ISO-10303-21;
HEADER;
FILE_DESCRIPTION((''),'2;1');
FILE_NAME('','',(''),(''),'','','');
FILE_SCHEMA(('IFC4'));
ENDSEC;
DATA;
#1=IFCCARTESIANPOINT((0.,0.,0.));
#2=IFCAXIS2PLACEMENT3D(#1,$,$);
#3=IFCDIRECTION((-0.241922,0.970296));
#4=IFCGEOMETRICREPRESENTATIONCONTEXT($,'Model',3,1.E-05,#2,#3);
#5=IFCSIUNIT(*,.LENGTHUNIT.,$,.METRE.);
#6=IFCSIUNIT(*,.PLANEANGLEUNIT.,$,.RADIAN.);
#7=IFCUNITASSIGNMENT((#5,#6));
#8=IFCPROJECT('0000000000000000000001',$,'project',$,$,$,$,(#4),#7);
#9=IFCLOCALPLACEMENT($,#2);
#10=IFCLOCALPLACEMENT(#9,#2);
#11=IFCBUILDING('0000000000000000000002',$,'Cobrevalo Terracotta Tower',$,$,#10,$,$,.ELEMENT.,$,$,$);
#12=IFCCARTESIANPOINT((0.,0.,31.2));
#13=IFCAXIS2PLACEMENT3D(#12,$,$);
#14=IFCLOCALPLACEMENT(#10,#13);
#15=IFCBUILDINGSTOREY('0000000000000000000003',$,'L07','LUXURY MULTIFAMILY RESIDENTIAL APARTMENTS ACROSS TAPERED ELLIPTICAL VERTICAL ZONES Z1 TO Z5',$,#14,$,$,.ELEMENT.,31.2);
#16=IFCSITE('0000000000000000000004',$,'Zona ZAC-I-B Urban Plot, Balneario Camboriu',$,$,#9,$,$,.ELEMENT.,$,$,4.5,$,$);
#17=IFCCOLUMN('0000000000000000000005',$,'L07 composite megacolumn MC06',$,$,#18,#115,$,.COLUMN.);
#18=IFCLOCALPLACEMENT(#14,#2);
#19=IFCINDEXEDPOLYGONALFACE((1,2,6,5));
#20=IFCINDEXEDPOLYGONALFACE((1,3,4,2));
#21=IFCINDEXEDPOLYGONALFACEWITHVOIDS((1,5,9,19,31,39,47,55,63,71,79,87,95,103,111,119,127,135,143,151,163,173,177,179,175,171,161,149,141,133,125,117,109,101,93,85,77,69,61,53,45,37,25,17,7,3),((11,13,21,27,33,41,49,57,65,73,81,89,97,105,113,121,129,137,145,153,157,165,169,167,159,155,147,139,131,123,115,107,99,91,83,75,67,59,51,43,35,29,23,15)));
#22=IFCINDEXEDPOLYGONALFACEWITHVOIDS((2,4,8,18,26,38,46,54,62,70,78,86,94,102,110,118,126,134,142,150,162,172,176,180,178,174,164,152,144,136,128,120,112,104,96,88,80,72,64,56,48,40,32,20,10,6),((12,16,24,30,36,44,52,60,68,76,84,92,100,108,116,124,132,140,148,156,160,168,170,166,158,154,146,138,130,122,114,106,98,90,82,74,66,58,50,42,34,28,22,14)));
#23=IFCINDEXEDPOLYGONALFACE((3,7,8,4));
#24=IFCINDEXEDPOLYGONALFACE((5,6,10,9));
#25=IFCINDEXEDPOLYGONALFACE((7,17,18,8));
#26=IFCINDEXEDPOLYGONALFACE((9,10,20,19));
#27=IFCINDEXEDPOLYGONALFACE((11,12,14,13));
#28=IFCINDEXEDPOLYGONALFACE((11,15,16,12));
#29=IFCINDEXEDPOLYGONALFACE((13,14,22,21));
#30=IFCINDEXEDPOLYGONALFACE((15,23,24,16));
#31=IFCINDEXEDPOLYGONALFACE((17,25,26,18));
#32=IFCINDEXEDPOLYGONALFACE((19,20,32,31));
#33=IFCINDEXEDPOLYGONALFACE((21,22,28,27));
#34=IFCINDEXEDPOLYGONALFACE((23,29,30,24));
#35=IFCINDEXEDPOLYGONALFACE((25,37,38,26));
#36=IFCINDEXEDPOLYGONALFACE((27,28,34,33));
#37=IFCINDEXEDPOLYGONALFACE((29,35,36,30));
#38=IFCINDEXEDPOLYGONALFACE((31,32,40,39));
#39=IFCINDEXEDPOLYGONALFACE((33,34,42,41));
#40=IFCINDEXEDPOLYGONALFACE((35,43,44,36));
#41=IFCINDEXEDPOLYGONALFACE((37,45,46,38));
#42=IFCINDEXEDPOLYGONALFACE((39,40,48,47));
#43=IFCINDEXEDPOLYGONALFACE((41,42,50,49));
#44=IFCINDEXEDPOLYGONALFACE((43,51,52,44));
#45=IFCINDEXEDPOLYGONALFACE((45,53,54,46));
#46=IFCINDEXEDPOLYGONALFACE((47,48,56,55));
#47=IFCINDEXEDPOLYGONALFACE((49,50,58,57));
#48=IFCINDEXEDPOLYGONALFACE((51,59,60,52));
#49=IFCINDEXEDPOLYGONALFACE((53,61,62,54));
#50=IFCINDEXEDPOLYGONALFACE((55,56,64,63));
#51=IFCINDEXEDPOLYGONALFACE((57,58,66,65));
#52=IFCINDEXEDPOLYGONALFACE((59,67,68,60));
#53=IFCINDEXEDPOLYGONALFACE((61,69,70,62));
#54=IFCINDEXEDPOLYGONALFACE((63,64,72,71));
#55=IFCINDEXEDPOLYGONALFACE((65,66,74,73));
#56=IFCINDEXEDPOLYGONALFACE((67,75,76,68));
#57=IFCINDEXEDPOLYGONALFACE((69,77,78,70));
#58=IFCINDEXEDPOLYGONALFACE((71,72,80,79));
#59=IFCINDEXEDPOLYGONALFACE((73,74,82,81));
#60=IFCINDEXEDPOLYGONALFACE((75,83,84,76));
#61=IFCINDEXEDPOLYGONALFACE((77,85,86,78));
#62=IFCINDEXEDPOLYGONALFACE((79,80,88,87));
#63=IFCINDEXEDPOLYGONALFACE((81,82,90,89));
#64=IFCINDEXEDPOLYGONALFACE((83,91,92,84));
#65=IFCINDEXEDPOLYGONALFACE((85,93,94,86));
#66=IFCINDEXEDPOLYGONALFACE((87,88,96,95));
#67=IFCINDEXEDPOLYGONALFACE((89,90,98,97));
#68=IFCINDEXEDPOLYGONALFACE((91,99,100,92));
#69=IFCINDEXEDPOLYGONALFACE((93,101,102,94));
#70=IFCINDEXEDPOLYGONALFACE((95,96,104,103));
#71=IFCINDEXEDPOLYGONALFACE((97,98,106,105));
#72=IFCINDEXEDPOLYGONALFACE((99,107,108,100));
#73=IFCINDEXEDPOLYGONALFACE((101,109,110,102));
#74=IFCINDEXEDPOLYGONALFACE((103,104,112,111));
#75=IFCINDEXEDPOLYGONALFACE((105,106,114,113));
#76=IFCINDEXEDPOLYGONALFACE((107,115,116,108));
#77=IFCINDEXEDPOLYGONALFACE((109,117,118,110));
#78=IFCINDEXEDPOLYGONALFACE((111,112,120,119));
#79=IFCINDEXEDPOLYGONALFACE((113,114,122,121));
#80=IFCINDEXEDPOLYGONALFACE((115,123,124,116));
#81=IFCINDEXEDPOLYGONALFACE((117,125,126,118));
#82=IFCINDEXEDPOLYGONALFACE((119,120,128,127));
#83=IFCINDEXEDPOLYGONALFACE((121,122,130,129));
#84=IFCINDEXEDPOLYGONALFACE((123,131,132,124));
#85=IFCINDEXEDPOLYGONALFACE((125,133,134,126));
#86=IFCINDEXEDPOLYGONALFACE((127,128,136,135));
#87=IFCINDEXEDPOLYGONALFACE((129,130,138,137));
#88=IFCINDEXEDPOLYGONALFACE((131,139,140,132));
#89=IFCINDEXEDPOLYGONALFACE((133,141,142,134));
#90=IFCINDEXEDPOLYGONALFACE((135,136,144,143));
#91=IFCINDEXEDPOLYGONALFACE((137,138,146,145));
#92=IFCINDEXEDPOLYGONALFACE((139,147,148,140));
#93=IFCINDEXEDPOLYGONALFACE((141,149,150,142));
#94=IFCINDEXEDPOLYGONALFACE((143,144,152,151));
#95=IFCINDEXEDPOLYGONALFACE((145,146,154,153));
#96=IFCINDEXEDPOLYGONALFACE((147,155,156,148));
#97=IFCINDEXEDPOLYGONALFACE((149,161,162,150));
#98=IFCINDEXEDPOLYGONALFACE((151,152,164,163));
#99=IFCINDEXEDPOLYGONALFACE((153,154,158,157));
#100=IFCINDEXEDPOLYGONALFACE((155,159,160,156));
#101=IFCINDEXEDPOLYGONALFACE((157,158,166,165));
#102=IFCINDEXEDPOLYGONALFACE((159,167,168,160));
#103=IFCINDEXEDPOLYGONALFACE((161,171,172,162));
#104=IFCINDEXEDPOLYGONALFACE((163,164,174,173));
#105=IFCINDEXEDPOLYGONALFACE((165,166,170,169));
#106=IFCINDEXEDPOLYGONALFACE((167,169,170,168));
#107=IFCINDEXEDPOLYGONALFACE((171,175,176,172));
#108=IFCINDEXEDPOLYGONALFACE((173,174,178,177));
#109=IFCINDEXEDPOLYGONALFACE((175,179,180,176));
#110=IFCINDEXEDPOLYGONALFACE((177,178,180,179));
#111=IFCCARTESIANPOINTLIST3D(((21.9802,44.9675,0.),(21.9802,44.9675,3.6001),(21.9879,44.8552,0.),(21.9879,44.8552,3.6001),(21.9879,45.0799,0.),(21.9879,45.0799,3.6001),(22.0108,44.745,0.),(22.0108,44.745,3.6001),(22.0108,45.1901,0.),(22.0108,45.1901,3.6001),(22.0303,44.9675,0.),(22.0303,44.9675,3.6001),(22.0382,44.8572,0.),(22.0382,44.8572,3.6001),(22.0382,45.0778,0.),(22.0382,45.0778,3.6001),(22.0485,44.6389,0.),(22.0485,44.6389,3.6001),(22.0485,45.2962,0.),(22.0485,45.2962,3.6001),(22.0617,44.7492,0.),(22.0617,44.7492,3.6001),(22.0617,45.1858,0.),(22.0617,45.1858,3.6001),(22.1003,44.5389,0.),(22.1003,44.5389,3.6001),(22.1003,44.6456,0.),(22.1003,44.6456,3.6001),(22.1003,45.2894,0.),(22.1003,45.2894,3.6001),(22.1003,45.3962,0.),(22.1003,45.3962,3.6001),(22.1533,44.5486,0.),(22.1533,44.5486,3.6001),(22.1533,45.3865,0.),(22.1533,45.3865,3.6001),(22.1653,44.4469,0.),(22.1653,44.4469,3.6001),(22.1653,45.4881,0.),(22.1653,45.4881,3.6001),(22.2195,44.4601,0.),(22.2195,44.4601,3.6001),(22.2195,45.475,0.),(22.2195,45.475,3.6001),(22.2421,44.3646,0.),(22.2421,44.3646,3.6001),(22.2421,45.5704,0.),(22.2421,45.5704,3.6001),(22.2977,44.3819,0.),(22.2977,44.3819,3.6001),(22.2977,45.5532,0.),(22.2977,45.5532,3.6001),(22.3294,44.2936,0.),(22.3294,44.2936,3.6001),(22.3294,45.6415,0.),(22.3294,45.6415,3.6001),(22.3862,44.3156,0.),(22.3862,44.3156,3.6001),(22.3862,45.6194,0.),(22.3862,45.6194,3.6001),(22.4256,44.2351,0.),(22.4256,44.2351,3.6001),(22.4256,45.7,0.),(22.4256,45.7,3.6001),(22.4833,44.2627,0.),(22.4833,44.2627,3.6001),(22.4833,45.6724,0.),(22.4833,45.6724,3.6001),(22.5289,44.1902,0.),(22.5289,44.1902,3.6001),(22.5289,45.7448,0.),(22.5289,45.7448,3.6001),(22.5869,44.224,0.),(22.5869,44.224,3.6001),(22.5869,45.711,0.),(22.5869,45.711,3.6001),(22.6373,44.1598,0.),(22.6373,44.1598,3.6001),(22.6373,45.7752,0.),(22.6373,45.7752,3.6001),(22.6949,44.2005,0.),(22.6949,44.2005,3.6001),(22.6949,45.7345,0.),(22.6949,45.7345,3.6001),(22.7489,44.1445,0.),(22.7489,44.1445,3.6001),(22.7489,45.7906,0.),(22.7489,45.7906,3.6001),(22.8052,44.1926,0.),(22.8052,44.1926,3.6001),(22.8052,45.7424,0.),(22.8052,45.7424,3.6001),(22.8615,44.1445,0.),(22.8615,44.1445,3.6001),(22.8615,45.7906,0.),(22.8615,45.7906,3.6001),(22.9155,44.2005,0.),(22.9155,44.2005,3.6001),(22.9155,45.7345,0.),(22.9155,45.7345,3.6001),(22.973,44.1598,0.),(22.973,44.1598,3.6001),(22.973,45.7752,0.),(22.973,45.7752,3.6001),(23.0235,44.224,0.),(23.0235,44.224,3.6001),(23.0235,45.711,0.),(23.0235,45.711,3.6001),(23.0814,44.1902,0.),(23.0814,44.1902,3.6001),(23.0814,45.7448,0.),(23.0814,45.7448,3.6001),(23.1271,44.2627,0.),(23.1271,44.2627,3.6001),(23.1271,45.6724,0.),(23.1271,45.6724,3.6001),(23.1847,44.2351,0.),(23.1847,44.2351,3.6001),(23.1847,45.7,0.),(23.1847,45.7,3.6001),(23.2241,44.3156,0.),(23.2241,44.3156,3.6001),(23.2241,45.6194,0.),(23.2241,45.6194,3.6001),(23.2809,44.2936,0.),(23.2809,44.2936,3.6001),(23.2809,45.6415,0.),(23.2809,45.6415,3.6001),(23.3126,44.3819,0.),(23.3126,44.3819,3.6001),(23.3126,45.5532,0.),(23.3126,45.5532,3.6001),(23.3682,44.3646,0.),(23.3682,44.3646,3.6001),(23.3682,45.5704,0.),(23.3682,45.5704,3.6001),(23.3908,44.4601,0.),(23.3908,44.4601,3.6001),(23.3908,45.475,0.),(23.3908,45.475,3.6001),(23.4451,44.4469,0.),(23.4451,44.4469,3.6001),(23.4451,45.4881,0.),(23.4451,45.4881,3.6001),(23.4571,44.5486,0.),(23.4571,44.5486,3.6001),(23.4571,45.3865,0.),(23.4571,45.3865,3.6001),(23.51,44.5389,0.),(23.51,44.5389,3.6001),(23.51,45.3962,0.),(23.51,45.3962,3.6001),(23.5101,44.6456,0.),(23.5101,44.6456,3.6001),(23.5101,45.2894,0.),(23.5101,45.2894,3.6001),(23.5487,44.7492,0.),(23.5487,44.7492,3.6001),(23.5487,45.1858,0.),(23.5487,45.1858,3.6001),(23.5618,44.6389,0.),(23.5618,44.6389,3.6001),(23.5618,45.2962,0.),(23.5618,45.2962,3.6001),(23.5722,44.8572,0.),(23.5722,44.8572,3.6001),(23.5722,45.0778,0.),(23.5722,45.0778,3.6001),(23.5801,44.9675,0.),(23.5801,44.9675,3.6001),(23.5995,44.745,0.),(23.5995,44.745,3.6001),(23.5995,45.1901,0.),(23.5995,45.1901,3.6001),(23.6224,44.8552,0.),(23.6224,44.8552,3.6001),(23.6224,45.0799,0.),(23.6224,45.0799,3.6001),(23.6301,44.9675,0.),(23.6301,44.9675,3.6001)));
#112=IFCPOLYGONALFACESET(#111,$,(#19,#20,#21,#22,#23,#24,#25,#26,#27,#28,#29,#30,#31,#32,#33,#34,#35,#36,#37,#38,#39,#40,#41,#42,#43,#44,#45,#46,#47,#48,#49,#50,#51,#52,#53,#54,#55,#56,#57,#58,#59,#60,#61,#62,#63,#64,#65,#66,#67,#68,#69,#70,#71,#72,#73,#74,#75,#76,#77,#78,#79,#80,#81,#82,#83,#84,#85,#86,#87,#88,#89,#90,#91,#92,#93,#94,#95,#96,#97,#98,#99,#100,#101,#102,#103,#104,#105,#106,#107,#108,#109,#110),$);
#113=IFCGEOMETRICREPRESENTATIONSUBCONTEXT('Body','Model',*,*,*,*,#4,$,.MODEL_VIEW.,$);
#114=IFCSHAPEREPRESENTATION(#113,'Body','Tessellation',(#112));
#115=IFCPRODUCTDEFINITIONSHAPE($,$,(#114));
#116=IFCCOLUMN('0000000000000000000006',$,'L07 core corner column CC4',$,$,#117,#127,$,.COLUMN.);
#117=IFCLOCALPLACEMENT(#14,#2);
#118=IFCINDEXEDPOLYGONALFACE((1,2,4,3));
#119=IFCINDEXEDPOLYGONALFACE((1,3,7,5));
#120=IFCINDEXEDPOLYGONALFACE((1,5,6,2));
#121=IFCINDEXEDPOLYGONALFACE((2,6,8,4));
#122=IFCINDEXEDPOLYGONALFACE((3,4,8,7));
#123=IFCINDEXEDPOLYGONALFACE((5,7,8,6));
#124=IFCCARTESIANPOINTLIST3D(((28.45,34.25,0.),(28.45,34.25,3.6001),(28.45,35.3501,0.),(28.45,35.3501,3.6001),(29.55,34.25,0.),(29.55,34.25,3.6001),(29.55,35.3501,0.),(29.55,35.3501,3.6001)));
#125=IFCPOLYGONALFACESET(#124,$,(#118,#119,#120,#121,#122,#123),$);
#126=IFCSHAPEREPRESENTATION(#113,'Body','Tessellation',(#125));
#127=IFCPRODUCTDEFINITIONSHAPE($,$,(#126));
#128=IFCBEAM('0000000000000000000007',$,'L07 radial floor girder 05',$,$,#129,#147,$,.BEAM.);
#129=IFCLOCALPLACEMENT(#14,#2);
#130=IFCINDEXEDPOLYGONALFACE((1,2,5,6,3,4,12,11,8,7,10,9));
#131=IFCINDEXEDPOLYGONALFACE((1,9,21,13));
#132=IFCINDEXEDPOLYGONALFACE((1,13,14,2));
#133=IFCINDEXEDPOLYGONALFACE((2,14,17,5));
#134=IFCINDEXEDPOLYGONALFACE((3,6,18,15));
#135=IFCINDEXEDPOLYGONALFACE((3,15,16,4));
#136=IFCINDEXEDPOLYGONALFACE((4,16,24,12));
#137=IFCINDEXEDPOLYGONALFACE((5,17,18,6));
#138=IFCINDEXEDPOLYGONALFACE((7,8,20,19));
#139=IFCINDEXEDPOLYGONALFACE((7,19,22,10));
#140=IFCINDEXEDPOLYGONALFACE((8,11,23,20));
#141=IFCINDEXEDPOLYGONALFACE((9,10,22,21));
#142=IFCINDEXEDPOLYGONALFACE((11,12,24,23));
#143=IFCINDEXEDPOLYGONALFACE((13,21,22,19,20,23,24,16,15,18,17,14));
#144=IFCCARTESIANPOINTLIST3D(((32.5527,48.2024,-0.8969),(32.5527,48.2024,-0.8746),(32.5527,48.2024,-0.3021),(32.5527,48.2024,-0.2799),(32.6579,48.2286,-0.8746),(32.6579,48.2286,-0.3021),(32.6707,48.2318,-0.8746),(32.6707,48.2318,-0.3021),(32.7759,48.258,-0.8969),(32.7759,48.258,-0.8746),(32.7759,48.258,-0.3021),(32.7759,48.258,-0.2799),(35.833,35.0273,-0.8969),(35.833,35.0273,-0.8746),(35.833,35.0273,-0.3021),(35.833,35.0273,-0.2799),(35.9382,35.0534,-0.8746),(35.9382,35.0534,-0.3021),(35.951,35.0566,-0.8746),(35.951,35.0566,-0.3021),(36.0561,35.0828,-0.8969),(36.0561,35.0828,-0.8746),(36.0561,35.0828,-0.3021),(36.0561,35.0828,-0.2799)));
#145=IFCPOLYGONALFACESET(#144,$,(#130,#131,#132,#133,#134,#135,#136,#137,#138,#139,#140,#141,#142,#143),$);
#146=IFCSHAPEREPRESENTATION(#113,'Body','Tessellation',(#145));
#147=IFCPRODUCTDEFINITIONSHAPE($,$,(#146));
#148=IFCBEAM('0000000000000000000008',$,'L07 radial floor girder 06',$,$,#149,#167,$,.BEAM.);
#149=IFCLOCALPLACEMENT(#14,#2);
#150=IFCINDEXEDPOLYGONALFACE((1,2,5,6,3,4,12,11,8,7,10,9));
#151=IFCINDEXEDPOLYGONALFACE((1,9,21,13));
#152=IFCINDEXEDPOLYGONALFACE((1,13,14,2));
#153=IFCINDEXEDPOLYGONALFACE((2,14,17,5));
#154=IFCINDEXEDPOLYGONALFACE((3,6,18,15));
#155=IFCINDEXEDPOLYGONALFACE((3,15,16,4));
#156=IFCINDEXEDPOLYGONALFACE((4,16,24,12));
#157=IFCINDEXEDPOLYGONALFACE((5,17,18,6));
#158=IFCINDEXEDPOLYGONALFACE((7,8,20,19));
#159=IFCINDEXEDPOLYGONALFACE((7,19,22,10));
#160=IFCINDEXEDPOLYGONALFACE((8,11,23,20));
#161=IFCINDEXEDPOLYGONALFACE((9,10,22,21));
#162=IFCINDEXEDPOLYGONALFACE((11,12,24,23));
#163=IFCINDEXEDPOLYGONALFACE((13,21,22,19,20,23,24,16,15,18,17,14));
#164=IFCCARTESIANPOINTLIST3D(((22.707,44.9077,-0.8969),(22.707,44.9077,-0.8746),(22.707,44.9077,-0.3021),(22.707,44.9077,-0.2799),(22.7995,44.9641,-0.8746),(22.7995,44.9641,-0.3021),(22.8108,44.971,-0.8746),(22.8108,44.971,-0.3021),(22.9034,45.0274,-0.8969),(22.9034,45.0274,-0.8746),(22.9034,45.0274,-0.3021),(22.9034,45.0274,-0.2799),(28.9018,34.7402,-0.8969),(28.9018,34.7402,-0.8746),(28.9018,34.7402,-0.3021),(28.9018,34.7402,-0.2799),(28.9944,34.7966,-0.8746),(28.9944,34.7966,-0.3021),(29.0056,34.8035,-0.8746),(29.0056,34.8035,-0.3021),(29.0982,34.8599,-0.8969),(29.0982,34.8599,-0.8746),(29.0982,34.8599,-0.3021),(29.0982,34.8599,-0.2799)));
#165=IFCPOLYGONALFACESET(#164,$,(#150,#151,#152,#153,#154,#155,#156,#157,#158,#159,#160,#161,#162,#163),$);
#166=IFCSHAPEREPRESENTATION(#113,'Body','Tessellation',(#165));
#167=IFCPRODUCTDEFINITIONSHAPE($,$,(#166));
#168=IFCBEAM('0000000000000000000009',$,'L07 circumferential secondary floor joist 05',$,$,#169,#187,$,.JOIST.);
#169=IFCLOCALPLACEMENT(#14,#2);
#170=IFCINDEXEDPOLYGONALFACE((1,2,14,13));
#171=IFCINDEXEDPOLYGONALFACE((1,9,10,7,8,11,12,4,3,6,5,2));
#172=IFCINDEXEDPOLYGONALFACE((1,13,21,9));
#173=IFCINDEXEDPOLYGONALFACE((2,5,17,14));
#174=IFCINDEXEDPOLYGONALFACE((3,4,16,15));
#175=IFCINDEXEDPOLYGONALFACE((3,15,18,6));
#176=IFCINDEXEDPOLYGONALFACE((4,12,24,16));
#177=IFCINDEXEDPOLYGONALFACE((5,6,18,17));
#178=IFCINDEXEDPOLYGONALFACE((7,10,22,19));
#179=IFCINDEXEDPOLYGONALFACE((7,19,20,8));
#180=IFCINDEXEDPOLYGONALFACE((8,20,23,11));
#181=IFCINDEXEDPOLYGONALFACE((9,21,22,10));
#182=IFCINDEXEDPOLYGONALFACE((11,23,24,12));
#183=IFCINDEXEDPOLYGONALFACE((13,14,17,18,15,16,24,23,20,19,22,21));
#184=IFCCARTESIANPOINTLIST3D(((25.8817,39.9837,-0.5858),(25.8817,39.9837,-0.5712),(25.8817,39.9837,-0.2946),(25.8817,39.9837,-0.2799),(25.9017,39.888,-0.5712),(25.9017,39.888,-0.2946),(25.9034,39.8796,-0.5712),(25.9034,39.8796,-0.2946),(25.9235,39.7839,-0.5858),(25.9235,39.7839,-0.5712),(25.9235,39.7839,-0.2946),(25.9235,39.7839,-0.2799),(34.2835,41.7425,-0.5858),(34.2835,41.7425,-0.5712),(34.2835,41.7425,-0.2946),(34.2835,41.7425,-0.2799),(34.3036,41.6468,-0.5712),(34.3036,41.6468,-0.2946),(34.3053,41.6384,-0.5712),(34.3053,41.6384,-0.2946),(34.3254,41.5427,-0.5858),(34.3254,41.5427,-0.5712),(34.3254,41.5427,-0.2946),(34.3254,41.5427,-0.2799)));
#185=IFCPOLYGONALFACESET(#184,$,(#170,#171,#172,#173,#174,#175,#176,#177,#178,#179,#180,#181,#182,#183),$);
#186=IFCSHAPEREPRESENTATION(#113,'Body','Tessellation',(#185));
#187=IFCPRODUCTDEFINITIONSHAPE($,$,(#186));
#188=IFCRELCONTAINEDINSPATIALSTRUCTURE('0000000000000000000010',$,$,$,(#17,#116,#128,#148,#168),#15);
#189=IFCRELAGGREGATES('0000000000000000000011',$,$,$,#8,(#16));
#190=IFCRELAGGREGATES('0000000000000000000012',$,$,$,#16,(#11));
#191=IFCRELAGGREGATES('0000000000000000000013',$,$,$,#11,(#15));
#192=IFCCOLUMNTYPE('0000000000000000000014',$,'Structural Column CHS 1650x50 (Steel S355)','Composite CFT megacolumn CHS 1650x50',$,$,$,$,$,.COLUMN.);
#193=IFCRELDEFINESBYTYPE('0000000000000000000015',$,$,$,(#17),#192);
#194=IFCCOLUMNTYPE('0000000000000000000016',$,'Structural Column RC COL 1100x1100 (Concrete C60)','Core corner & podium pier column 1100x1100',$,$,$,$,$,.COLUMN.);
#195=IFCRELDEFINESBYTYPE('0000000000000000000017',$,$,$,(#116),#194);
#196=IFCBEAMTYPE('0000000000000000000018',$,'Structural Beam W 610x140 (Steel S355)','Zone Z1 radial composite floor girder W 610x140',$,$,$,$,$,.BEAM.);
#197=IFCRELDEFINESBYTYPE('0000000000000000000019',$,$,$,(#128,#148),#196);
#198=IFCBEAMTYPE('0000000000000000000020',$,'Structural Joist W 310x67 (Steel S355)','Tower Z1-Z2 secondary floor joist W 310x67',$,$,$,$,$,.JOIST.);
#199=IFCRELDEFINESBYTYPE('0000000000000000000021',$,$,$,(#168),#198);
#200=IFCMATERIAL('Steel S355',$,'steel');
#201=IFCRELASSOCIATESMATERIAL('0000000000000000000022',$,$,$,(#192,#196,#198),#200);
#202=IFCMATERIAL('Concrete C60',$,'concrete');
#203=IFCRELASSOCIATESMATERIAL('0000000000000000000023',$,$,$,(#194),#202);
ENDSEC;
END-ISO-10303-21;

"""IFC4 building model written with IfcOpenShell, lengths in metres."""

from ifc_helpers import new_model, si_unit, direction, frame, origin, origin_2d, place, context, subcontext, project, spatial, rectangle, hollow_circle, i_section, extrude, material, material_profile, profile_set, type_object, element, save


model = new_model("IFC4")

# Units and contexts
model_context = context("Model", 3, precision=1e-05, world=origin(), true_north=direction((-0.241922, 0.970296)))
body_context = subcontext(model_context, "Body", "Model", "MODEL_VIEW")
ifc_project = project(units=[si_unit("LENGTHUNIT", "METRE"), si_unit("PLANEANGLEUNIT", "RADIAN")], contexts=[model_context])

# Site, building, storey
site_placement = place(None, origin())
site = spatial("IfcSite", under=ifc_project, at=site_placement, Name="Zona ZAC-I-B Urban Plot, Balneario Camboriu", CompositionType="ELEMENT", RefElevation=4.5)
building_placement = place(site_placement, origin())
building = spatial("IfcBuilding", under=site, at=building_placement, Name="Cobrevalo Terracotta Tower", CompositionType="ELEMENT")
storey_placement = place(building_placement, frame((0.0, 0.0, 31.2)))
storey = spatial("IfcBuildingStorey", under=building, at=storey_placement, Name="L07", Description="LUXURY MULTIFAMILY RESIDENTIAL APARTMENTS ACROSS TAPERED ELLIPTICAL VERTICAL ZONES Z1 TO Z5", CompositionType="ELEMENT", Elevation=31.2)

# Columns
ifc_material_1 = material(Name="Steel S355", Category="steel")
ifc_material_profile_1 = material_profile(ifc_material_1, hollow_circle(Radius=0.825, WallThickness=0.05, at=origin_2d()), Name="CHS 1650x50")
ifc_profile_set_1 = profile_set([ifc_material_profile_1], Name="Steel S355")
column_type_1 = type_object("IfcColumnType", Name="Structural Column CHS 1650x50 (Steel S355)", Description="Composite CFT megacolumn CHS 1650x50", PredefinedType="COLUMN", material=ifc_profile_set_1)
for number, where, z_axis, x_axis, name in (
    (1, (22.8052, 44.9675, 0.0), (0.0, 0.0, 1.0), (1.0, 0.0, 0.0), "L07 composite megacolumn MC06"),
):
    element("IfcColumn", number, at=place(storey_placement, frame(where, z_axis=z_axis, x_axis=x_axis)), inside=storey, type_object=column_type_1, Name=name, PredefinedType="COLUMN", context=body_context, shape_type="SweptSolid", body=[
        extrude(hollow_circle(Radius=0.825, WallThickness=0.05, at=origin_2d()), origin(), (0.0, 0.0, 1.0), 3.6001),
    ])
ifc_material_2 = material(Name="Concrete C60", Category="concrete")
ifc_material_profile_2 = material_profile(ifc_material_2, rectangle(XDim=1.1001, YDim=1.1001, at=origin_2d()), Name="RC COL 1100x1100")
ifc_profile_set_2 = profile_set([ifc_material_profile_2], Name="Concrete C60")
column_type_2 = type_object("IfcColumnType", Name="Structural Column RC COL 1100x1100 (Concrete C60)", Description="Core corner & podium pier column 1100x1100", PredefinedType="COLUMN", material=ifc_profile_set_2)
column_placement = place(storey_placement, frame((29.0, 34.8, 0.0), z_axis=(0.0, 0.0, 1.0), x_axis=(1.0, 0.0, 0.0)))
element("IfcColumn", 2, at=column_placement, inside=storey, type_object=column_type_2, Name="L07 core corner column CC4", PredefinedType="COLUMN", context=body_context, shape_type="SweptSolid", body=[
    extrude(rectangle(XDim=1.1001, YDim=1.1001, at=origin_2d()), origin(), (0.0, 0.0, 1.0), 3.6001),
])

# Beams
ifc_material_profile_3 = material_profile(ifc_material_1, i_section(OverallWidth=0.23, OverallDepth=0.6169, WebThickness=0.0132, FlangeThickness=0.0222, at=origin_2d()), Name="W 610x140")
ifc_profile_set_3 = profile_set([ifc_material_profile_3], Name="Steel S355")
beam_type_1 = type_object("IfcBeamType", Name="Structural Beam W 610x140 (Steel S355)", Description="Zone Z1 radial composite floor girder W 610x140", PredefinedType="BEAM", material=ifc_profile_set_3)
beam_1_placement = place(storey_placement, frame((32.6643, 48.2302, -0.5884), z_axis=(0.241596, -0.970377, 0.0), x_axis=(0.970377, 0.241596, 0.0)))
element("IfcBeam", 3, at=beam_1_placement, inside=storey, type_object=beam_type_1, Name="L07 radial floor girder 05", PredefinedType="BEAM", context=body_context, shape_type="SweptSolid", body=[
    extrude(i_section(OverallWidth=0.23, OverallDepth=0.6169, WebThickness=0.0132, FlangeThickness=0.0222, at=origin_2d()), origin(), (0.0, 0.0, 1.0), 13.5774),
])
beam_2_placement = place(storey_placement, frame((22.8052, 44.9675, -0.5884), z_axis=(0.52031, -0.853978, 0.0), x_axis=(0.853978, 0.52031, 0.0)))
element("IfcBeam", 4, at=beam_2_placement, inside=storey, type_object=beam_type_1, Name="L07 radial floor girder 06", PredefinedType="BEAM", context=body_context, shape_type="SweptSolid", body=[
    extrude(i_section(OverallWidth=0.23, OverallDepth=0.6169, WebThickness=0.0132, FlangeThickness=0.0222, at=origin_2d()), origin(), (0.0, 0.0, 1.0), 11.906),
])
ifc_material_profile_4 = material_profile(ifc_material_1, i_section(OverallWidth=0.2041, OverallDepth=0.3059, WebThickness=0.0085, FlangeThickness=0.0146, at=origin_2d()), Name="W 310x67")
ifc_profile_set_4 = profile_set([ifc_material_profile_4], Name="Steel S355")
beam_type_2 = type_object("IfcBeamType", Name="Structural Joist W 310x67 (Steel S355)", Description="Tower Z1-Z2 secondary floor joist W 310x67", PredefinedType="JOIST", material=ifc_profile_set_4)
beam_3_placement = place(storey_placement, frame((34.3044, 41.6426, -0.4329), z_axis=(-0.978785, -0.204892, 0.0), x_axis=(0.204892, -0.978785, 0.0)))
element("IfcBeam", 5, at=beam_3_placement, inside=storey, type_object=beam_type_2, Name="L07 circumferential secondary floor joist 05", PredefinedType="JOIST", context=body_context, shape_type="SweptSolid", body=[
    extrude(i_section(OverallWidth=0.2041, OverallDepth=0.3059, WebThickness=0.0085, FlangeThickness=0.0146, at=origin_2d()), origin(), (0.0, 0.0, 1.0), 8.584),
])

save(model, "model.ifc")
